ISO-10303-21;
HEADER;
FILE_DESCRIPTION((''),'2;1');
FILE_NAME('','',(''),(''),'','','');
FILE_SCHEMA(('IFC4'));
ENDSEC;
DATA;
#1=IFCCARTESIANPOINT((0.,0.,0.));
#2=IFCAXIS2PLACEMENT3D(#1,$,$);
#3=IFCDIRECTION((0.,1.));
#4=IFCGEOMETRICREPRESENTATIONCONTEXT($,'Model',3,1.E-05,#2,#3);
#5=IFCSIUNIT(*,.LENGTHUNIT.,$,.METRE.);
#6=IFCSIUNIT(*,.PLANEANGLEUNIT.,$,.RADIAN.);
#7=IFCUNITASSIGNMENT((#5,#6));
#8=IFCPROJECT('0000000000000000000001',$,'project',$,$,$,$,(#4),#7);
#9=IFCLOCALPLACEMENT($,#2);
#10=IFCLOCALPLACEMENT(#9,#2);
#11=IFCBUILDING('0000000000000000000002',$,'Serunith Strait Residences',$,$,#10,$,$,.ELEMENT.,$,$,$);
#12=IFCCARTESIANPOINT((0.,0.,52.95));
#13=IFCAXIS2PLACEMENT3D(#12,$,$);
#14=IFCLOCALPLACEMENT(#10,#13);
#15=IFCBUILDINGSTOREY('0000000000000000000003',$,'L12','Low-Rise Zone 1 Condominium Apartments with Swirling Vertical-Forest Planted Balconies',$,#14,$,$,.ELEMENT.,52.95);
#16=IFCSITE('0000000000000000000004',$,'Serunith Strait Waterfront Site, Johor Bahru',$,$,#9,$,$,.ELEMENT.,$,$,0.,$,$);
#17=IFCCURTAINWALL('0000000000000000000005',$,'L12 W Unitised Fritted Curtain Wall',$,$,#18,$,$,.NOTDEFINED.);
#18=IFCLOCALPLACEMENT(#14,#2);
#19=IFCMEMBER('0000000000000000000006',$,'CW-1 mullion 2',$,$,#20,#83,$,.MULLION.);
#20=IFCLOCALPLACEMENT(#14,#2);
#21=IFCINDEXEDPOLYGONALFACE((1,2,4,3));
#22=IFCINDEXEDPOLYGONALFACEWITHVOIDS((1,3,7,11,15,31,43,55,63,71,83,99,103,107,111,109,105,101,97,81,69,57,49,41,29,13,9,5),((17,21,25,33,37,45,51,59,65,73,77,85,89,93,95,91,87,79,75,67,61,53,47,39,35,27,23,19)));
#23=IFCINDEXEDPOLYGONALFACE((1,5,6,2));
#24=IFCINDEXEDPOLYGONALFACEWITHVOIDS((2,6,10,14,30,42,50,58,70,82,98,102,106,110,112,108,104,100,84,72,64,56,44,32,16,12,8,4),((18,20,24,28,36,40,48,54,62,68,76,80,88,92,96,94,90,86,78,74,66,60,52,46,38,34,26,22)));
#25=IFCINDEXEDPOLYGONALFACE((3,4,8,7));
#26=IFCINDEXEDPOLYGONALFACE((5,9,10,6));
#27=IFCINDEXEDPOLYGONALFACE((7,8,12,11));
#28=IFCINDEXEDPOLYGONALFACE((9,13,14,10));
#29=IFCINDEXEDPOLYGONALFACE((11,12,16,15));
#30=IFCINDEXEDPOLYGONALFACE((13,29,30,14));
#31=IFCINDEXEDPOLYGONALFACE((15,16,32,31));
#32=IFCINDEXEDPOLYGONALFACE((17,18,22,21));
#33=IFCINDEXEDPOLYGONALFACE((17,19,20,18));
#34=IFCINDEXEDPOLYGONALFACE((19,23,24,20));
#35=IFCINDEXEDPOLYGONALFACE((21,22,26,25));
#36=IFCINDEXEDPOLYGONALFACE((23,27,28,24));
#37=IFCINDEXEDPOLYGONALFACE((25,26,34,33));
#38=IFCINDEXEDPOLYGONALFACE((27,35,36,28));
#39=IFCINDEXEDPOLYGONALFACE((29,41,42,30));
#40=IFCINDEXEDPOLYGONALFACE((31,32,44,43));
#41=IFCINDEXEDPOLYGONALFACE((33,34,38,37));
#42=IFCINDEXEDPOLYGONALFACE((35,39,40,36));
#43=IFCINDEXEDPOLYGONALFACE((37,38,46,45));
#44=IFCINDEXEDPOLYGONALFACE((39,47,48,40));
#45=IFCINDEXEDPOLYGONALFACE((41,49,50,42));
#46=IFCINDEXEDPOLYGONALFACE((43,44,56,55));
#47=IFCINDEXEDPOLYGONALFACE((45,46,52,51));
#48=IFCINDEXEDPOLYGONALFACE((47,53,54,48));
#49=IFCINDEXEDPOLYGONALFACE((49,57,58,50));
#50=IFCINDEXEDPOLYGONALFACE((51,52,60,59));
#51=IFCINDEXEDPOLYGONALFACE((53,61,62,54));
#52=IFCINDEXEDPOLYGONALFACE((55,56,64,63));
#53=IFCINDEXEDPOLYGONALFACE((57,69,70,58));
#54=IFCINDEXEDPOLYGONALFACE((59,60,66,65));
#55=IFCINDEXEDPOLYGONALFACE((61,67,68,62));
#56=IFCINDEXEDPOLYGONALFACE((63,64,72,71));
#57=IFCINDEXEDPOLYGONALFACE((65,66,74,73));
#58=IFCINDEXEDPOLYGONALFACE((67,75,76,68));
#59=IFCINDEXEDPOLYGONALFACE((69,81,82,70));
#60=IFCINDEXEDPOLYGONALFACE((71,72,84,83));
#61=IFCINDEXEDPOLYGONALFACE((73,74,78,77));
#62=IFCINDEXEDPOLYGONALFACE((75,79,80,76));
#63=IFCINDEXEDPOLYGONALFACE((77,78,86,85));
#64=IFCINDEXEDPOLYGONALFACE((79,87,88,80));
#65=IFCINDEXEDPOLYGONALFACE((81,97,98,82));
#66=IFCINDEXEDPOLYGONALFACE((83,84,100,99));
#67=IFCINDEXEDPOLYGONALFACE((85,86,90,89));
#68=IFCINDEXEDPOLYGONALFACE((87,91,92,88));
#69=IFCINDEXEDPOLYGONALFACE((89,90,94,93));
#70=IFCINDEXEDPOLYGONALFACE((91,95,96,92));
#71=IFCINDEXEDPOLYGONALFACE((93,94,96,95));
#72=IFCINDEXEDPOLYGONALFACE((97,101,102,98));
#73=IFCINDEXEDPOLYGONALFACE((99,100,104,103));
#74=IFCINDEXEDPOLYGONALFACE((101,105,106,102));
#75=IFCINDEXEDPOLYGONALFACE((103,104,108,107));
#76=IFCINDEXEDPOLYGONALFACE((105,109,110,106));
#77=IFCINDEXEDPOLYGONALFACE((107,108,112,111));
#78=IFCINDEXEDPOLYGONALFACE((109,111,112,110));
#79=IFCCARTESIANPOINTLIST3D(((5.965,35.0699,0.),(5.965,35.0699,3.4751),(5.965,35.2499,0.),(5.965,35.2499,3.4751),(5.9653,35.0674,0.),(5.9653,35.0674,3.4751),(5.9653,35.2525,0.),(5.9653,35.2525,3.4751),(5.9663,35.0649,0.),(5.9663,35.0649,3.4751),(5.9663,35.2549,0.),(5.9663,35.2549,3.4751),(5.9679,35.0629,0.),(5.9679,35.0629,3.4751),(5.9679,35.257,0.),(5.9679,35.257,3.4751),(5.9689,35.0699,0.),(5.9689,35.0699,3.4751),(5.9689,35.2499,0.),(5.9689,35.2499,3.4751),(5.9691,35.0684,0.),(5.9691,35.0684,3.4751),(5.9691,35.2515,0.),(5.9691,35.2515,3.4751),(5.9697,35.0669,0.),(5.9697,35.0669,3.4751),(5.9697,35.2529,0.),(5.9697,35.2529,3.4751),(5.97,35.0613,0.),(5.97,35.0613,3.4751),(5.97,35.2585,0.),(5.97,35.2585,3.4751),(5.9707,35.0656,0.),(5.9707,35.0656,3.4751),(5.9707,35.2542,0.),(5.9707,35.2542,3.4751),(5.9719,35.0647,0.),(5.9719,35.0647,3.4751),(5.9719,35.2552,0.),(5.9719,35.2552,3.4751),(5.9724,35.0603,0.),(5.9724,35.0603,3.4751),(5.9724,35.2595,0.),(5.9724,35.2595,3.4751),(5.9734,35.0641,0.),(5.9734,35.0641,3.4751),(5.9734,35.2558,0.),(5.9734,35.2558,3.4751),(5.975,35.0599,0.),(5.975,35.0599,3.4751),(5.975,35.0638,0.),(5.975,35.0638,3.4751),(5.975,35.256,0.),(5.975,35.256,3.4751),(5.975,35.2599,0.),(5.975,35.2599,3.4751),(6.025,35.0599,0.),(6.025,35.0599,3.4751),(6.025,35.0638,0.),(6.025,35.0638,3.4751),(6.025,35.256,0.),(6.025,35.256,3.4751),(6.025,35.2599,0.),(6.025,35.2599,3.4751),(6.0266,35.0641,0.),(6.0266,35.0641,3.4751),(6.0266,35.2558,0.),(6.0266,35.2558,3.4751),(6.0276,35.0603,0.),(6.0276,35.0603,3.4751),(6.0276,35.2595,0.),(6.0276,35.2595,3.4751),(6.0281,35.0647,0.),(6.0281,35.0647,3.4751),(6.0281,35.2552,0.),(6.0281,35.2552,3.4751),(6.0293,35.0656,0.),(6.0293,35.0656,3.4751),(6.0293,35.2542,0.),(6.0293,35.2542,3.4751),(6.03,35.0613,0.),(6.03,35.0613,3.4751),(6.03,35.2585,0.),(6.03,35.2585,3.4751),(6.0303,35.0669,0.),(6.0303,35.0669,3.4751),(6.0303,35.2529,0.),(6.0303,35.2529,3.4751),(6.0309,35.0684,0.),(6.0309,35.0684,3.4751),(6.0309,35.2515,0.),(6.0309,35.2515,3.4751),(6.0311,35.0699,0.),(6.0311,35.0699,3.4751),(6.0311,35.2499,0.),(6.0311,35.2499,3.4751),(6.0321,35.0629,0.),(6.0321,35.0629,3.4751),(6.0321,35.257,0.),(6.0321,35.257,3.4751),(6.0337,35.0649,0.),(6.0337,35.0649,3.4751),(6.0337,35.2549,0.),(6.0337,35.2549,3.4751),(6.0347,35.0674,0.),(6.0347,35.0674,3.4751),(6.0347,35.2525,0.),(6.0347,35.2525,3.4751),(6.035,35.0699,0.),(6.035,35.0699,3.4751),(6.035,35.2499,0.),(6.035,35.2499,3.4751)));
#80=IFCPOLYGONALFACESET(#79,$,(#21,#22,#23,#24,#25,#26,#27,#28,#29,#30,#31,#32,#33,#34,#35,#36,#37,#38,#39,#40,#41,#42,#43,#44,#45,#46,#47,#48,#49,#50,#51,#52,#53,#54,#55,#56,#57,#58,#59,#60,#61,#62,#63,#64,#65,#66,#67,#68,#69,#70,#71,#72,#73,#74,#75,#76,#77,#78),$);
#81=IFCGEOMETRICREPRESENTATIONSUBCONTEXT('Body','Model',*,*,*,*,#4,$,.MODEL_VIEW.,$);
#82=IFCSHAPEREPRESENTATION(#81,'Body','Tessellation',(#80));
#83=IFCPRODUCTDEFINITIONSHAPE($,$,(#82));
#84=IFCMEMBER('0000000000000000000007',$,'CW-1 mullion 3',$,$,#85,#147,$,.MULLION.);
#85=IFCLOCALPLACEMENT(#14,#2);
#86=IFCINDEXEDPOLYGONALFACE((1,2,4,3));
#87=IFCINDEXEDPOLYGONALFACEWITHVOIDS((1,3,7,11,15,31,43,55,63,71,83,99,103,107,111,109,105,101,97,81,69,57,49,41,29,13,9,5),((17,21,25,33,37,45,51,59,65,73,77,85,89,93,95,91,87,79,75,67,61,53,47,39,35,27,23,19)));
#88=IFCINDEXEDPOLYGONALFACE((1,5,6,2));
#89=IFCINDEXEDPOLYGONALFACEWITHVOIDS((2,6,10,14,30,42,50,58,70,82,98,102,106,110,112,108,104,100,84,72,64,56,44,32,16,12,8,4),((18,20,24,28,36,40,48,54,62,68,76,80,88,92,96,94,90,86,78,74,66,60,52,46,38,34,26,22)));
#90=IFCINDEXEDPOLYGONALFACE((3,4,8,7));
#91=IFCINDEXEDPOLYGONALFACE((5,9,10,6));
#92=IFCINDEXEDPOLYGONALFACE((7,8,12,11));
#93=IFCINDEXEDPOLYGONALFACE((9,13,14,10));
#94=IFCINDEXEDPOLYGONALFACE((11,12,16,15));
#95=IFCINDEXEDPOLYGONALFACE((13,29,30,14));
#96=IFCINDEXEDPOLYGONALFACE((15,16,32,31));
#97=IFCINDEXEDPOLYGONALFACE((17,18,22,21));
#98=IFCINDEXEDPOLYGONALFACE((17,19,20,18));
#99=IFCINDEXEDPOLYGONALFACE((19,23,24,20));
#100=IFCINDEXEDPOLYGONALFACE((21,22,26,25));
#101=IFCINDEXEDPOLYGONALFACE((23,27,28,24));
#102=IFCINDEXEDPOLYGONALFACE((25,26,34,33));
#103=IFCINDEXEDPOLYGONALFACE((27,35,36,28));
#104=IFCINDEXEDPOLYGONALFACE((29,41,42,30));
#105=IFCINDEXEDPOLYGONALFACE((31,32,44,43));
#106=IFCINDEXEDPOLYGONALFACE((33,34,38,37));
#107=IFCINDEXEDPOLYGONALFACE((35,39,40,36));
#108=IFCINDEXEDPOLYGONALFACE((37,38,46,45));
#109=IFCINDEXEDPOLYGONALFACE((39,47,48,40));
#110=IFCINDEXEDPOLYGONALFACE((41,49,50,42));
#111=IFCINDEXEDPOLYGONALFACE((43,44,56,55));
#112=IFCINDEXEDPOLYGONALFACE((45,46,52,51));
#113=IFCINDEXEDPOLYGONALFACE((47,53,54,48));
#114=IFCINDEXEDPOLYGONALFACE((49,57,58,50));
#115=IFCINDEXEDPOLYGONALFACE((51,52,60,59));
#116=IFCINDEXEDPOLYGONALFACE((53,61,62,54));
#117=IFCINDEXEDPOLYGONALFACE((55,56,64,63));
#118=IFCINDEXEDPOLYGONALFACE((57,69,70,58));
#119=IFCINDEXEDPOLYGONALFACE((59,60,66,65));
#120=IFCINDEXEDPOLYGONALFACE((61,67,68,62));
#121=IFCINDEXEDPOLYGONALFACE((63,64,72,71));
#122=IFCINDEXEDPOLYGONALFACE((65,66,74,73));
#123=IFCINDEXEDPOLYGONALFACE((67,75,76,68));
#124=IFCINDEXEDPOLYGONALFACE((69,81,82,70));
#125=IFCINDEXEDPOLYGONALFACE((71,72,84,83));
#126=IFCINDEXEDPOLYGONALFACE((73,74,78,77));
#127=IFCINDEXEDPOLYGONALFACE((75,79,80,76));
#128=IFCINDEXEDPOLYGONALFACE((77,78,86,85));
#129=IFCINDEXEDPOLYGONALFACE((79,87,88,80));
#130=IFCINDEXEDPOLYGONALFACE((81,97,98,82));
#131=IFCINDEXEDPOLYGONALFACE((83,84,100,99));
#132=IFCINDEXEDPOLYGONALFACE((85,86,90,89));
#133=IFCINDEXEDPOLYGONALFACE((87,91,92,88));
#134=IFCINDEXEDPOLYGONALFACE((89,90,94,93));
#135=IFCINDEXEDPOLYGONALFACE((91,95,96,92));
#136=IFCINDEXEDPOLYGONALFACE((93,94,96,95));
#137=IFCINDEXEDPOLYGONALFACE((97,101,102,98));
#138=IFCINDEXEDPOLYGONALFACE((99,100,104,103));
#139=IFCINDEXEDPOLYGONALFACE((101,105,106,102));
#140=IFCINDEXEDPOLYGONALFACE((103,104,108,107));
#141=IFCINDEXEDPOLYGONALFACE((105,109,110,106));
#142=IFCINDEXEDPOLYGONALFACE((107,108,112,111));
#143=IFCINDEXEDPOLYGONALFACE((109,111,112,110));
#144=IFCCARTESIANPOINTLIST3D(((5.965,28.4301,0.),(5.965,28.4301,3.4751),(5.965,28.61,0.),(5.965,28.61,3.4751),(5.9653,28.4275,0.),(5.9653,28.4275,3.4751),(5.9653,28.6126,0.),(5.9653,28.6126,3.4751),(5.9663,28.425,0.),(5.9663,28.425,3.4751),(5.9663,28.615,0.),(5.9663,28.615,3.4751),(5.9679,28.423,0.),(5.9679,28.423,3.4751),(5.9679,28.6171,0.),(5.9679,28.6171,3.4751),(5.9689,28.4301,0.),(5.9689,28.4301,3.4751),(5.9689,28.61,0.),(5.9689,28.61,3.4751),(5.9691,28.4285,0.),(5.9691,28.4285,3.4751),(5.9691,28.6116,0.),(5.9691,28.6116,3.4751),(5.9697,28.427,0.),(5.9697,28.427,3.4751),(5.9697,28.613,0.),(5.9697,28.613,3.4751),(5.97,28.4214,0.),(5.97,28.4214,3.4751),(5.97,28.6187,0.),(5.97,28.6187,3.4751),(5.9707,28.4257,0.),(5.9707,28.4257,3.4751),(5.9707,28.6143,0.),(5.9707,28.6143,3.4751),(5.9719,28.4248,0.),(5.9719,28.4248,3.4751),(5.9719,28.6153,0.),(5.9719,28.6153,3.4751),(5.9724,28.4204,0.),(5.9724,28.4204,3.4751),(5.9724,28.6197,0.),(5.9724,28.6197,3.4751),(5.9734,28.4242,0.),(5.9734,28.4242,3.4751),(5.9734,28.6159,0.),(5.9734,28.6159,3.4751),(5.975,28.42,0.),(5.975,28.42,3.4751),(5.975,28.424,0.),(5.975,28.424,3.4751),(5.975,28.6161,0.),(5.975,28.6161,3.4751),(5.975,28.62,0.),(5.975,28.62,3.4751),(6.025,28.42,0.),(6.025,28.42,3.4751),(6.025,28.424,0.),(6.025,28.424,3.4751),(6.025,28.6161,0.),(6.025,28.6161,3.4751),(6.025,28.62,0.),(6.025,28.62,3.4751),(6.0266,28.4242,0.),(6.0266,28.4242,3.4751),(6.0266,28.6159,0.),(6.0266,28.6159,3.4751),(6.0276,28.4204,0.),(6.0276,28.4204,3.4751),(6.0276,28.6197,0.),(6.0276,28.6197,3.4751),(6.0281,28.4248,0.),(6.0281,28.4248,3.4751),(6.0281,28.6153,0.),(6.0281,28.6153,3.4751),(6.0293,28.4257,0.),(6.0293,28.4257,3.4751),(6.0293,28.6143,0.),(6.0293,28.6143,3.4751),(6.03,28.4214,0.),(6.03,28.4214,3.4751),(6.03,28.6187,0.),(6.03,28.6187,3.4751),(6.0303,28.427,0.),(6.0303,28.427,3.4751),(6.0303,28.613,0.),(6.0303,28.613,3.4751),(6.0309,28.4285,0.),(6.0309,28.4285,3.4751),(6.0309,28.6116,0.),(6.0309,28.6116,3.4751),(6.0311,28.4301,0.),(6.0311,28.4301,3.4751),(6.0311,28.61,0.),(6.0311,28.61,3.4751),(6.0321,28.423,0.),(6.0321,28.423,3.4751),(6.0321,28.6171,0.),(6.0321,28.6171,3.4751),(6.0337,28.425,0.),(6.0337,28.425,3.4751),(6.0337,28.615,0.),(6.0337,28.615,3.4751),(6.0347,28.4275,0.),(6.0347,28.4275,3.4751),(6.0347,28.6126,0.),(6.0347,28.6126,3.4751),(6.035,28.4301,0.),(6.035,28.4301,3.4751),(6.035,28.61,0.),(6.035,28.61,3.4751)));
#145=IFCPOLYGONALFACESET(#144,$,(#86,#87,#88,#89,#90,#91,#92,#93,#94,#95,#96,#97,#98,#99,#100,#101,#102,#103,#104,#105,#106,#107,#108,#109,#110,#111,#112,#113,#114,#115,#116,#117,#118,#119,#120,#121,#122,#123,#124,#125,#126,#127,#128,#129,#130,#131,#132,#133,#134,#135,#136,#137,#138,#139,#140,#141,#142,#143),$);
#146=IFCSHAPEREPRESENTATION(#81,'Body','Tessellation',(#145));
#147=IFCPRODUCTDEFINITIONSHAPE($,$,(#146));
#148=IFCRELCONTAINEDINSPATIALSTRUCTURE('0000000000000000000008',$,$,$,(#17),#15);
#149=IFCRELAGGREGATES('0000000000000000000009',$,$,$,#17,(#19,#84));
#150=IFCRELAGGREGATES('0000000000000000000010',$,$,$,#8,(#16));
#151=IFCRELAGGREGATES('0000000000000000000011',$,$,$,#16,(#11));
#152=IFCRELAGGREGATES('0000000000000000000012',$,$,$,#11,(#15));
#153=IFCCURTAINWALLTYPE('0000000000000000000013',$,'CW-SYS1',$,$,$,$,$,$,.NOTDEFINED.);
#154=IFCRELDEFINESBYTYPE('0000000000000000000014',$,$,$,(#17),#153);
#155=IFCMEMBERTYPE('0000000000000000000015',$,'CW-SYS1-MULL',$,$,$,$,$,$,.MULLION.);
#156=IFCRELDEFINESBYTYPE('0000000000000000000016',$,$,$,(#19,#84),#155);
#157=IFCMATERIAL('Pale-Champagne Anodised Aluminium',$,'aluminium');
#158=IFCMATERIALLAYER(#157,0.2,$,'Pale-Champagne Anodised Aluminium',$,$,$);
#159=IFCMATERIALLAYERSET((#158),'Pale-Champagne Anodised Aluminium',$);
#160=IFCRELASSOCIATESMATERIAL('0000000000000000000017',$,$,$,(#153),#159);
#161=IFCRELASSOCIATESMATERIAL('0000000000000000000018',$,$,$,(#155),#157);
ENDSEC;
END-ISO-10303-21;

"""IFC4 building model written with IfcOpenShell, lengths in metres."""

from ifc_helpers import new_model, si_unit, direction, frame, origin, origin_2d, place, context, subcontext, project, spatial, hollow_rectangle, extrude, source, transform, mapped, material, layer, layer_set, material_profile, profile_set, type_object, element, aggregate, save


model = new_model("IFC4")

# Units and contexts
model_context = context("Model", 3, precision=1e-05, world=origin(), true_north=direction((0.0, 1.0)))
body_context = subcontext(model_context, "Body", "Model", "MODEL_VIEW")
ifc_project = project(units=[si_unit("LENGTHUNIT", "METRE"), si_unit("PLANEANGLEUNIT", "RADIAN")], contexts=[model_context])

# Site, building, storey
site_placement = place(None, origin())
site = spatial("IfcSite", under=ifc_project, at=site_placement, Name="Serunith Strait Waterfront Site, Johor Bahru", CompositionType="ELEMENT", RefElevation=0.0)
building_placement = place(site_placement, origin())
building = spatial("IfcBuilding", under=site, at=building_placement, Name="Serunith Strait Residences", CompositionType="ELEMENT")
storey_placement = place(building_placement, frame((0.0, 0.0, 52.95)))
storey = spatial("IfcBuildingStorey", under=building, at=storey_placement, Name="L12", Description="Low-Rise Zone 1 Condominium Apartments with Swirling Vertical-Forest Planted Balconies", CompositionType="ELEMENT", Elevation=52.95)

# Curtain wall, members
ifc_material_1 = material(Name="Pale-Champagne Anodised Aluminium", Category="aluminium")
ifc_layer_1 = layer(ifc_material_1, 0.2, Name="Pale-Champagne Anodised Aluminium")
ifc_layer_set_1 = layer_set([ifc_layer_1], Name="Pale-Champagne Anodised Aluminium")
curtain_wall_type = type_object("IfcCurtainWallType", Name="CW-SYS1", PredefinedType="NOTDEFINED", material=ifc_layer_set_1)
curtain_wall_placement = place(storey_placement, origin())
curtain_wall = element("IfcCurtainWall", 1, at=curtain_wall_placement, inside=storey, type_object=curtain_wall_type, Name="L12 W Unitised Fritted Curtain Wall", PredefinedType="NOTDEFINED")
ifc_material_profile_1 = material_profile(ifc_material_1, hollow_rectangle(XDim=0.0701, YDim=0.2, WallThickness=0.0039, InnerFilletRadius=0.0061, OuterFilletRadius=0.01, at=origin_2d()), Name="ALU 200x70x4")
ifc_profile_set_1 = profile_set([ifc_material_profile_1], Name="Pale-Champagne Anodised Aluminium")
member_type_1 = type_object("IfcMemberType", Name="CW-SYS1-MULL", PredefinedType="MULLION", material=ifc_profile_set_1)
shared_shape_1 = source(origin(), body_context, "Body", "SweptSolid", [
    extrude(hollow_rectangle(XDim=0.0701, YDim=0.2, WallThickness=0.0039, InnerFilletRadius=0.0061, OuterFilletRadius=0.01, at=origin_2d()), origin(), (0.0, 0.0, 1.0), 3.4751),
])
member_1_placement = place(storey_placement, frame((6.0, 35.1599, 0.0), z_axis=(0.0, 0.0, 1.0), x_axis=(1.0, 0.0, 0.0)))
member_1 = element("IfcMember", 2, at=member_1_placement, type_object=member_type_1, Name="CW-1 mullion 2", PredefinedType="MULLION", context=body_context, shape_type="MappedRepresentation", body=[
    mapped(shared_shape_1, transform((0.0, 0.0, 0.0), scale=1.0)),
])
member_2_placement = place(storey_placement, frame((6.0, 28.52, 0.0), z_axis=(0.0, 0.0, 1.0), x_axis=(1.0, 0.0, 0.0)))
member_2 = element("IfcMember", 3, at=member_2_placement, type_object=member_type_1, Name="CW-1 mullion 3", PredefinedType="MULLION", context=body_context, shape_type="MappedRepresentation", body=[
    mapped(shared_shape_1, transform((0.0, 0.0, 0.0), scale=1.0)),
])
aggregate(curtain_wall, [member_1, member_2])

save(model, "model.ifc")
